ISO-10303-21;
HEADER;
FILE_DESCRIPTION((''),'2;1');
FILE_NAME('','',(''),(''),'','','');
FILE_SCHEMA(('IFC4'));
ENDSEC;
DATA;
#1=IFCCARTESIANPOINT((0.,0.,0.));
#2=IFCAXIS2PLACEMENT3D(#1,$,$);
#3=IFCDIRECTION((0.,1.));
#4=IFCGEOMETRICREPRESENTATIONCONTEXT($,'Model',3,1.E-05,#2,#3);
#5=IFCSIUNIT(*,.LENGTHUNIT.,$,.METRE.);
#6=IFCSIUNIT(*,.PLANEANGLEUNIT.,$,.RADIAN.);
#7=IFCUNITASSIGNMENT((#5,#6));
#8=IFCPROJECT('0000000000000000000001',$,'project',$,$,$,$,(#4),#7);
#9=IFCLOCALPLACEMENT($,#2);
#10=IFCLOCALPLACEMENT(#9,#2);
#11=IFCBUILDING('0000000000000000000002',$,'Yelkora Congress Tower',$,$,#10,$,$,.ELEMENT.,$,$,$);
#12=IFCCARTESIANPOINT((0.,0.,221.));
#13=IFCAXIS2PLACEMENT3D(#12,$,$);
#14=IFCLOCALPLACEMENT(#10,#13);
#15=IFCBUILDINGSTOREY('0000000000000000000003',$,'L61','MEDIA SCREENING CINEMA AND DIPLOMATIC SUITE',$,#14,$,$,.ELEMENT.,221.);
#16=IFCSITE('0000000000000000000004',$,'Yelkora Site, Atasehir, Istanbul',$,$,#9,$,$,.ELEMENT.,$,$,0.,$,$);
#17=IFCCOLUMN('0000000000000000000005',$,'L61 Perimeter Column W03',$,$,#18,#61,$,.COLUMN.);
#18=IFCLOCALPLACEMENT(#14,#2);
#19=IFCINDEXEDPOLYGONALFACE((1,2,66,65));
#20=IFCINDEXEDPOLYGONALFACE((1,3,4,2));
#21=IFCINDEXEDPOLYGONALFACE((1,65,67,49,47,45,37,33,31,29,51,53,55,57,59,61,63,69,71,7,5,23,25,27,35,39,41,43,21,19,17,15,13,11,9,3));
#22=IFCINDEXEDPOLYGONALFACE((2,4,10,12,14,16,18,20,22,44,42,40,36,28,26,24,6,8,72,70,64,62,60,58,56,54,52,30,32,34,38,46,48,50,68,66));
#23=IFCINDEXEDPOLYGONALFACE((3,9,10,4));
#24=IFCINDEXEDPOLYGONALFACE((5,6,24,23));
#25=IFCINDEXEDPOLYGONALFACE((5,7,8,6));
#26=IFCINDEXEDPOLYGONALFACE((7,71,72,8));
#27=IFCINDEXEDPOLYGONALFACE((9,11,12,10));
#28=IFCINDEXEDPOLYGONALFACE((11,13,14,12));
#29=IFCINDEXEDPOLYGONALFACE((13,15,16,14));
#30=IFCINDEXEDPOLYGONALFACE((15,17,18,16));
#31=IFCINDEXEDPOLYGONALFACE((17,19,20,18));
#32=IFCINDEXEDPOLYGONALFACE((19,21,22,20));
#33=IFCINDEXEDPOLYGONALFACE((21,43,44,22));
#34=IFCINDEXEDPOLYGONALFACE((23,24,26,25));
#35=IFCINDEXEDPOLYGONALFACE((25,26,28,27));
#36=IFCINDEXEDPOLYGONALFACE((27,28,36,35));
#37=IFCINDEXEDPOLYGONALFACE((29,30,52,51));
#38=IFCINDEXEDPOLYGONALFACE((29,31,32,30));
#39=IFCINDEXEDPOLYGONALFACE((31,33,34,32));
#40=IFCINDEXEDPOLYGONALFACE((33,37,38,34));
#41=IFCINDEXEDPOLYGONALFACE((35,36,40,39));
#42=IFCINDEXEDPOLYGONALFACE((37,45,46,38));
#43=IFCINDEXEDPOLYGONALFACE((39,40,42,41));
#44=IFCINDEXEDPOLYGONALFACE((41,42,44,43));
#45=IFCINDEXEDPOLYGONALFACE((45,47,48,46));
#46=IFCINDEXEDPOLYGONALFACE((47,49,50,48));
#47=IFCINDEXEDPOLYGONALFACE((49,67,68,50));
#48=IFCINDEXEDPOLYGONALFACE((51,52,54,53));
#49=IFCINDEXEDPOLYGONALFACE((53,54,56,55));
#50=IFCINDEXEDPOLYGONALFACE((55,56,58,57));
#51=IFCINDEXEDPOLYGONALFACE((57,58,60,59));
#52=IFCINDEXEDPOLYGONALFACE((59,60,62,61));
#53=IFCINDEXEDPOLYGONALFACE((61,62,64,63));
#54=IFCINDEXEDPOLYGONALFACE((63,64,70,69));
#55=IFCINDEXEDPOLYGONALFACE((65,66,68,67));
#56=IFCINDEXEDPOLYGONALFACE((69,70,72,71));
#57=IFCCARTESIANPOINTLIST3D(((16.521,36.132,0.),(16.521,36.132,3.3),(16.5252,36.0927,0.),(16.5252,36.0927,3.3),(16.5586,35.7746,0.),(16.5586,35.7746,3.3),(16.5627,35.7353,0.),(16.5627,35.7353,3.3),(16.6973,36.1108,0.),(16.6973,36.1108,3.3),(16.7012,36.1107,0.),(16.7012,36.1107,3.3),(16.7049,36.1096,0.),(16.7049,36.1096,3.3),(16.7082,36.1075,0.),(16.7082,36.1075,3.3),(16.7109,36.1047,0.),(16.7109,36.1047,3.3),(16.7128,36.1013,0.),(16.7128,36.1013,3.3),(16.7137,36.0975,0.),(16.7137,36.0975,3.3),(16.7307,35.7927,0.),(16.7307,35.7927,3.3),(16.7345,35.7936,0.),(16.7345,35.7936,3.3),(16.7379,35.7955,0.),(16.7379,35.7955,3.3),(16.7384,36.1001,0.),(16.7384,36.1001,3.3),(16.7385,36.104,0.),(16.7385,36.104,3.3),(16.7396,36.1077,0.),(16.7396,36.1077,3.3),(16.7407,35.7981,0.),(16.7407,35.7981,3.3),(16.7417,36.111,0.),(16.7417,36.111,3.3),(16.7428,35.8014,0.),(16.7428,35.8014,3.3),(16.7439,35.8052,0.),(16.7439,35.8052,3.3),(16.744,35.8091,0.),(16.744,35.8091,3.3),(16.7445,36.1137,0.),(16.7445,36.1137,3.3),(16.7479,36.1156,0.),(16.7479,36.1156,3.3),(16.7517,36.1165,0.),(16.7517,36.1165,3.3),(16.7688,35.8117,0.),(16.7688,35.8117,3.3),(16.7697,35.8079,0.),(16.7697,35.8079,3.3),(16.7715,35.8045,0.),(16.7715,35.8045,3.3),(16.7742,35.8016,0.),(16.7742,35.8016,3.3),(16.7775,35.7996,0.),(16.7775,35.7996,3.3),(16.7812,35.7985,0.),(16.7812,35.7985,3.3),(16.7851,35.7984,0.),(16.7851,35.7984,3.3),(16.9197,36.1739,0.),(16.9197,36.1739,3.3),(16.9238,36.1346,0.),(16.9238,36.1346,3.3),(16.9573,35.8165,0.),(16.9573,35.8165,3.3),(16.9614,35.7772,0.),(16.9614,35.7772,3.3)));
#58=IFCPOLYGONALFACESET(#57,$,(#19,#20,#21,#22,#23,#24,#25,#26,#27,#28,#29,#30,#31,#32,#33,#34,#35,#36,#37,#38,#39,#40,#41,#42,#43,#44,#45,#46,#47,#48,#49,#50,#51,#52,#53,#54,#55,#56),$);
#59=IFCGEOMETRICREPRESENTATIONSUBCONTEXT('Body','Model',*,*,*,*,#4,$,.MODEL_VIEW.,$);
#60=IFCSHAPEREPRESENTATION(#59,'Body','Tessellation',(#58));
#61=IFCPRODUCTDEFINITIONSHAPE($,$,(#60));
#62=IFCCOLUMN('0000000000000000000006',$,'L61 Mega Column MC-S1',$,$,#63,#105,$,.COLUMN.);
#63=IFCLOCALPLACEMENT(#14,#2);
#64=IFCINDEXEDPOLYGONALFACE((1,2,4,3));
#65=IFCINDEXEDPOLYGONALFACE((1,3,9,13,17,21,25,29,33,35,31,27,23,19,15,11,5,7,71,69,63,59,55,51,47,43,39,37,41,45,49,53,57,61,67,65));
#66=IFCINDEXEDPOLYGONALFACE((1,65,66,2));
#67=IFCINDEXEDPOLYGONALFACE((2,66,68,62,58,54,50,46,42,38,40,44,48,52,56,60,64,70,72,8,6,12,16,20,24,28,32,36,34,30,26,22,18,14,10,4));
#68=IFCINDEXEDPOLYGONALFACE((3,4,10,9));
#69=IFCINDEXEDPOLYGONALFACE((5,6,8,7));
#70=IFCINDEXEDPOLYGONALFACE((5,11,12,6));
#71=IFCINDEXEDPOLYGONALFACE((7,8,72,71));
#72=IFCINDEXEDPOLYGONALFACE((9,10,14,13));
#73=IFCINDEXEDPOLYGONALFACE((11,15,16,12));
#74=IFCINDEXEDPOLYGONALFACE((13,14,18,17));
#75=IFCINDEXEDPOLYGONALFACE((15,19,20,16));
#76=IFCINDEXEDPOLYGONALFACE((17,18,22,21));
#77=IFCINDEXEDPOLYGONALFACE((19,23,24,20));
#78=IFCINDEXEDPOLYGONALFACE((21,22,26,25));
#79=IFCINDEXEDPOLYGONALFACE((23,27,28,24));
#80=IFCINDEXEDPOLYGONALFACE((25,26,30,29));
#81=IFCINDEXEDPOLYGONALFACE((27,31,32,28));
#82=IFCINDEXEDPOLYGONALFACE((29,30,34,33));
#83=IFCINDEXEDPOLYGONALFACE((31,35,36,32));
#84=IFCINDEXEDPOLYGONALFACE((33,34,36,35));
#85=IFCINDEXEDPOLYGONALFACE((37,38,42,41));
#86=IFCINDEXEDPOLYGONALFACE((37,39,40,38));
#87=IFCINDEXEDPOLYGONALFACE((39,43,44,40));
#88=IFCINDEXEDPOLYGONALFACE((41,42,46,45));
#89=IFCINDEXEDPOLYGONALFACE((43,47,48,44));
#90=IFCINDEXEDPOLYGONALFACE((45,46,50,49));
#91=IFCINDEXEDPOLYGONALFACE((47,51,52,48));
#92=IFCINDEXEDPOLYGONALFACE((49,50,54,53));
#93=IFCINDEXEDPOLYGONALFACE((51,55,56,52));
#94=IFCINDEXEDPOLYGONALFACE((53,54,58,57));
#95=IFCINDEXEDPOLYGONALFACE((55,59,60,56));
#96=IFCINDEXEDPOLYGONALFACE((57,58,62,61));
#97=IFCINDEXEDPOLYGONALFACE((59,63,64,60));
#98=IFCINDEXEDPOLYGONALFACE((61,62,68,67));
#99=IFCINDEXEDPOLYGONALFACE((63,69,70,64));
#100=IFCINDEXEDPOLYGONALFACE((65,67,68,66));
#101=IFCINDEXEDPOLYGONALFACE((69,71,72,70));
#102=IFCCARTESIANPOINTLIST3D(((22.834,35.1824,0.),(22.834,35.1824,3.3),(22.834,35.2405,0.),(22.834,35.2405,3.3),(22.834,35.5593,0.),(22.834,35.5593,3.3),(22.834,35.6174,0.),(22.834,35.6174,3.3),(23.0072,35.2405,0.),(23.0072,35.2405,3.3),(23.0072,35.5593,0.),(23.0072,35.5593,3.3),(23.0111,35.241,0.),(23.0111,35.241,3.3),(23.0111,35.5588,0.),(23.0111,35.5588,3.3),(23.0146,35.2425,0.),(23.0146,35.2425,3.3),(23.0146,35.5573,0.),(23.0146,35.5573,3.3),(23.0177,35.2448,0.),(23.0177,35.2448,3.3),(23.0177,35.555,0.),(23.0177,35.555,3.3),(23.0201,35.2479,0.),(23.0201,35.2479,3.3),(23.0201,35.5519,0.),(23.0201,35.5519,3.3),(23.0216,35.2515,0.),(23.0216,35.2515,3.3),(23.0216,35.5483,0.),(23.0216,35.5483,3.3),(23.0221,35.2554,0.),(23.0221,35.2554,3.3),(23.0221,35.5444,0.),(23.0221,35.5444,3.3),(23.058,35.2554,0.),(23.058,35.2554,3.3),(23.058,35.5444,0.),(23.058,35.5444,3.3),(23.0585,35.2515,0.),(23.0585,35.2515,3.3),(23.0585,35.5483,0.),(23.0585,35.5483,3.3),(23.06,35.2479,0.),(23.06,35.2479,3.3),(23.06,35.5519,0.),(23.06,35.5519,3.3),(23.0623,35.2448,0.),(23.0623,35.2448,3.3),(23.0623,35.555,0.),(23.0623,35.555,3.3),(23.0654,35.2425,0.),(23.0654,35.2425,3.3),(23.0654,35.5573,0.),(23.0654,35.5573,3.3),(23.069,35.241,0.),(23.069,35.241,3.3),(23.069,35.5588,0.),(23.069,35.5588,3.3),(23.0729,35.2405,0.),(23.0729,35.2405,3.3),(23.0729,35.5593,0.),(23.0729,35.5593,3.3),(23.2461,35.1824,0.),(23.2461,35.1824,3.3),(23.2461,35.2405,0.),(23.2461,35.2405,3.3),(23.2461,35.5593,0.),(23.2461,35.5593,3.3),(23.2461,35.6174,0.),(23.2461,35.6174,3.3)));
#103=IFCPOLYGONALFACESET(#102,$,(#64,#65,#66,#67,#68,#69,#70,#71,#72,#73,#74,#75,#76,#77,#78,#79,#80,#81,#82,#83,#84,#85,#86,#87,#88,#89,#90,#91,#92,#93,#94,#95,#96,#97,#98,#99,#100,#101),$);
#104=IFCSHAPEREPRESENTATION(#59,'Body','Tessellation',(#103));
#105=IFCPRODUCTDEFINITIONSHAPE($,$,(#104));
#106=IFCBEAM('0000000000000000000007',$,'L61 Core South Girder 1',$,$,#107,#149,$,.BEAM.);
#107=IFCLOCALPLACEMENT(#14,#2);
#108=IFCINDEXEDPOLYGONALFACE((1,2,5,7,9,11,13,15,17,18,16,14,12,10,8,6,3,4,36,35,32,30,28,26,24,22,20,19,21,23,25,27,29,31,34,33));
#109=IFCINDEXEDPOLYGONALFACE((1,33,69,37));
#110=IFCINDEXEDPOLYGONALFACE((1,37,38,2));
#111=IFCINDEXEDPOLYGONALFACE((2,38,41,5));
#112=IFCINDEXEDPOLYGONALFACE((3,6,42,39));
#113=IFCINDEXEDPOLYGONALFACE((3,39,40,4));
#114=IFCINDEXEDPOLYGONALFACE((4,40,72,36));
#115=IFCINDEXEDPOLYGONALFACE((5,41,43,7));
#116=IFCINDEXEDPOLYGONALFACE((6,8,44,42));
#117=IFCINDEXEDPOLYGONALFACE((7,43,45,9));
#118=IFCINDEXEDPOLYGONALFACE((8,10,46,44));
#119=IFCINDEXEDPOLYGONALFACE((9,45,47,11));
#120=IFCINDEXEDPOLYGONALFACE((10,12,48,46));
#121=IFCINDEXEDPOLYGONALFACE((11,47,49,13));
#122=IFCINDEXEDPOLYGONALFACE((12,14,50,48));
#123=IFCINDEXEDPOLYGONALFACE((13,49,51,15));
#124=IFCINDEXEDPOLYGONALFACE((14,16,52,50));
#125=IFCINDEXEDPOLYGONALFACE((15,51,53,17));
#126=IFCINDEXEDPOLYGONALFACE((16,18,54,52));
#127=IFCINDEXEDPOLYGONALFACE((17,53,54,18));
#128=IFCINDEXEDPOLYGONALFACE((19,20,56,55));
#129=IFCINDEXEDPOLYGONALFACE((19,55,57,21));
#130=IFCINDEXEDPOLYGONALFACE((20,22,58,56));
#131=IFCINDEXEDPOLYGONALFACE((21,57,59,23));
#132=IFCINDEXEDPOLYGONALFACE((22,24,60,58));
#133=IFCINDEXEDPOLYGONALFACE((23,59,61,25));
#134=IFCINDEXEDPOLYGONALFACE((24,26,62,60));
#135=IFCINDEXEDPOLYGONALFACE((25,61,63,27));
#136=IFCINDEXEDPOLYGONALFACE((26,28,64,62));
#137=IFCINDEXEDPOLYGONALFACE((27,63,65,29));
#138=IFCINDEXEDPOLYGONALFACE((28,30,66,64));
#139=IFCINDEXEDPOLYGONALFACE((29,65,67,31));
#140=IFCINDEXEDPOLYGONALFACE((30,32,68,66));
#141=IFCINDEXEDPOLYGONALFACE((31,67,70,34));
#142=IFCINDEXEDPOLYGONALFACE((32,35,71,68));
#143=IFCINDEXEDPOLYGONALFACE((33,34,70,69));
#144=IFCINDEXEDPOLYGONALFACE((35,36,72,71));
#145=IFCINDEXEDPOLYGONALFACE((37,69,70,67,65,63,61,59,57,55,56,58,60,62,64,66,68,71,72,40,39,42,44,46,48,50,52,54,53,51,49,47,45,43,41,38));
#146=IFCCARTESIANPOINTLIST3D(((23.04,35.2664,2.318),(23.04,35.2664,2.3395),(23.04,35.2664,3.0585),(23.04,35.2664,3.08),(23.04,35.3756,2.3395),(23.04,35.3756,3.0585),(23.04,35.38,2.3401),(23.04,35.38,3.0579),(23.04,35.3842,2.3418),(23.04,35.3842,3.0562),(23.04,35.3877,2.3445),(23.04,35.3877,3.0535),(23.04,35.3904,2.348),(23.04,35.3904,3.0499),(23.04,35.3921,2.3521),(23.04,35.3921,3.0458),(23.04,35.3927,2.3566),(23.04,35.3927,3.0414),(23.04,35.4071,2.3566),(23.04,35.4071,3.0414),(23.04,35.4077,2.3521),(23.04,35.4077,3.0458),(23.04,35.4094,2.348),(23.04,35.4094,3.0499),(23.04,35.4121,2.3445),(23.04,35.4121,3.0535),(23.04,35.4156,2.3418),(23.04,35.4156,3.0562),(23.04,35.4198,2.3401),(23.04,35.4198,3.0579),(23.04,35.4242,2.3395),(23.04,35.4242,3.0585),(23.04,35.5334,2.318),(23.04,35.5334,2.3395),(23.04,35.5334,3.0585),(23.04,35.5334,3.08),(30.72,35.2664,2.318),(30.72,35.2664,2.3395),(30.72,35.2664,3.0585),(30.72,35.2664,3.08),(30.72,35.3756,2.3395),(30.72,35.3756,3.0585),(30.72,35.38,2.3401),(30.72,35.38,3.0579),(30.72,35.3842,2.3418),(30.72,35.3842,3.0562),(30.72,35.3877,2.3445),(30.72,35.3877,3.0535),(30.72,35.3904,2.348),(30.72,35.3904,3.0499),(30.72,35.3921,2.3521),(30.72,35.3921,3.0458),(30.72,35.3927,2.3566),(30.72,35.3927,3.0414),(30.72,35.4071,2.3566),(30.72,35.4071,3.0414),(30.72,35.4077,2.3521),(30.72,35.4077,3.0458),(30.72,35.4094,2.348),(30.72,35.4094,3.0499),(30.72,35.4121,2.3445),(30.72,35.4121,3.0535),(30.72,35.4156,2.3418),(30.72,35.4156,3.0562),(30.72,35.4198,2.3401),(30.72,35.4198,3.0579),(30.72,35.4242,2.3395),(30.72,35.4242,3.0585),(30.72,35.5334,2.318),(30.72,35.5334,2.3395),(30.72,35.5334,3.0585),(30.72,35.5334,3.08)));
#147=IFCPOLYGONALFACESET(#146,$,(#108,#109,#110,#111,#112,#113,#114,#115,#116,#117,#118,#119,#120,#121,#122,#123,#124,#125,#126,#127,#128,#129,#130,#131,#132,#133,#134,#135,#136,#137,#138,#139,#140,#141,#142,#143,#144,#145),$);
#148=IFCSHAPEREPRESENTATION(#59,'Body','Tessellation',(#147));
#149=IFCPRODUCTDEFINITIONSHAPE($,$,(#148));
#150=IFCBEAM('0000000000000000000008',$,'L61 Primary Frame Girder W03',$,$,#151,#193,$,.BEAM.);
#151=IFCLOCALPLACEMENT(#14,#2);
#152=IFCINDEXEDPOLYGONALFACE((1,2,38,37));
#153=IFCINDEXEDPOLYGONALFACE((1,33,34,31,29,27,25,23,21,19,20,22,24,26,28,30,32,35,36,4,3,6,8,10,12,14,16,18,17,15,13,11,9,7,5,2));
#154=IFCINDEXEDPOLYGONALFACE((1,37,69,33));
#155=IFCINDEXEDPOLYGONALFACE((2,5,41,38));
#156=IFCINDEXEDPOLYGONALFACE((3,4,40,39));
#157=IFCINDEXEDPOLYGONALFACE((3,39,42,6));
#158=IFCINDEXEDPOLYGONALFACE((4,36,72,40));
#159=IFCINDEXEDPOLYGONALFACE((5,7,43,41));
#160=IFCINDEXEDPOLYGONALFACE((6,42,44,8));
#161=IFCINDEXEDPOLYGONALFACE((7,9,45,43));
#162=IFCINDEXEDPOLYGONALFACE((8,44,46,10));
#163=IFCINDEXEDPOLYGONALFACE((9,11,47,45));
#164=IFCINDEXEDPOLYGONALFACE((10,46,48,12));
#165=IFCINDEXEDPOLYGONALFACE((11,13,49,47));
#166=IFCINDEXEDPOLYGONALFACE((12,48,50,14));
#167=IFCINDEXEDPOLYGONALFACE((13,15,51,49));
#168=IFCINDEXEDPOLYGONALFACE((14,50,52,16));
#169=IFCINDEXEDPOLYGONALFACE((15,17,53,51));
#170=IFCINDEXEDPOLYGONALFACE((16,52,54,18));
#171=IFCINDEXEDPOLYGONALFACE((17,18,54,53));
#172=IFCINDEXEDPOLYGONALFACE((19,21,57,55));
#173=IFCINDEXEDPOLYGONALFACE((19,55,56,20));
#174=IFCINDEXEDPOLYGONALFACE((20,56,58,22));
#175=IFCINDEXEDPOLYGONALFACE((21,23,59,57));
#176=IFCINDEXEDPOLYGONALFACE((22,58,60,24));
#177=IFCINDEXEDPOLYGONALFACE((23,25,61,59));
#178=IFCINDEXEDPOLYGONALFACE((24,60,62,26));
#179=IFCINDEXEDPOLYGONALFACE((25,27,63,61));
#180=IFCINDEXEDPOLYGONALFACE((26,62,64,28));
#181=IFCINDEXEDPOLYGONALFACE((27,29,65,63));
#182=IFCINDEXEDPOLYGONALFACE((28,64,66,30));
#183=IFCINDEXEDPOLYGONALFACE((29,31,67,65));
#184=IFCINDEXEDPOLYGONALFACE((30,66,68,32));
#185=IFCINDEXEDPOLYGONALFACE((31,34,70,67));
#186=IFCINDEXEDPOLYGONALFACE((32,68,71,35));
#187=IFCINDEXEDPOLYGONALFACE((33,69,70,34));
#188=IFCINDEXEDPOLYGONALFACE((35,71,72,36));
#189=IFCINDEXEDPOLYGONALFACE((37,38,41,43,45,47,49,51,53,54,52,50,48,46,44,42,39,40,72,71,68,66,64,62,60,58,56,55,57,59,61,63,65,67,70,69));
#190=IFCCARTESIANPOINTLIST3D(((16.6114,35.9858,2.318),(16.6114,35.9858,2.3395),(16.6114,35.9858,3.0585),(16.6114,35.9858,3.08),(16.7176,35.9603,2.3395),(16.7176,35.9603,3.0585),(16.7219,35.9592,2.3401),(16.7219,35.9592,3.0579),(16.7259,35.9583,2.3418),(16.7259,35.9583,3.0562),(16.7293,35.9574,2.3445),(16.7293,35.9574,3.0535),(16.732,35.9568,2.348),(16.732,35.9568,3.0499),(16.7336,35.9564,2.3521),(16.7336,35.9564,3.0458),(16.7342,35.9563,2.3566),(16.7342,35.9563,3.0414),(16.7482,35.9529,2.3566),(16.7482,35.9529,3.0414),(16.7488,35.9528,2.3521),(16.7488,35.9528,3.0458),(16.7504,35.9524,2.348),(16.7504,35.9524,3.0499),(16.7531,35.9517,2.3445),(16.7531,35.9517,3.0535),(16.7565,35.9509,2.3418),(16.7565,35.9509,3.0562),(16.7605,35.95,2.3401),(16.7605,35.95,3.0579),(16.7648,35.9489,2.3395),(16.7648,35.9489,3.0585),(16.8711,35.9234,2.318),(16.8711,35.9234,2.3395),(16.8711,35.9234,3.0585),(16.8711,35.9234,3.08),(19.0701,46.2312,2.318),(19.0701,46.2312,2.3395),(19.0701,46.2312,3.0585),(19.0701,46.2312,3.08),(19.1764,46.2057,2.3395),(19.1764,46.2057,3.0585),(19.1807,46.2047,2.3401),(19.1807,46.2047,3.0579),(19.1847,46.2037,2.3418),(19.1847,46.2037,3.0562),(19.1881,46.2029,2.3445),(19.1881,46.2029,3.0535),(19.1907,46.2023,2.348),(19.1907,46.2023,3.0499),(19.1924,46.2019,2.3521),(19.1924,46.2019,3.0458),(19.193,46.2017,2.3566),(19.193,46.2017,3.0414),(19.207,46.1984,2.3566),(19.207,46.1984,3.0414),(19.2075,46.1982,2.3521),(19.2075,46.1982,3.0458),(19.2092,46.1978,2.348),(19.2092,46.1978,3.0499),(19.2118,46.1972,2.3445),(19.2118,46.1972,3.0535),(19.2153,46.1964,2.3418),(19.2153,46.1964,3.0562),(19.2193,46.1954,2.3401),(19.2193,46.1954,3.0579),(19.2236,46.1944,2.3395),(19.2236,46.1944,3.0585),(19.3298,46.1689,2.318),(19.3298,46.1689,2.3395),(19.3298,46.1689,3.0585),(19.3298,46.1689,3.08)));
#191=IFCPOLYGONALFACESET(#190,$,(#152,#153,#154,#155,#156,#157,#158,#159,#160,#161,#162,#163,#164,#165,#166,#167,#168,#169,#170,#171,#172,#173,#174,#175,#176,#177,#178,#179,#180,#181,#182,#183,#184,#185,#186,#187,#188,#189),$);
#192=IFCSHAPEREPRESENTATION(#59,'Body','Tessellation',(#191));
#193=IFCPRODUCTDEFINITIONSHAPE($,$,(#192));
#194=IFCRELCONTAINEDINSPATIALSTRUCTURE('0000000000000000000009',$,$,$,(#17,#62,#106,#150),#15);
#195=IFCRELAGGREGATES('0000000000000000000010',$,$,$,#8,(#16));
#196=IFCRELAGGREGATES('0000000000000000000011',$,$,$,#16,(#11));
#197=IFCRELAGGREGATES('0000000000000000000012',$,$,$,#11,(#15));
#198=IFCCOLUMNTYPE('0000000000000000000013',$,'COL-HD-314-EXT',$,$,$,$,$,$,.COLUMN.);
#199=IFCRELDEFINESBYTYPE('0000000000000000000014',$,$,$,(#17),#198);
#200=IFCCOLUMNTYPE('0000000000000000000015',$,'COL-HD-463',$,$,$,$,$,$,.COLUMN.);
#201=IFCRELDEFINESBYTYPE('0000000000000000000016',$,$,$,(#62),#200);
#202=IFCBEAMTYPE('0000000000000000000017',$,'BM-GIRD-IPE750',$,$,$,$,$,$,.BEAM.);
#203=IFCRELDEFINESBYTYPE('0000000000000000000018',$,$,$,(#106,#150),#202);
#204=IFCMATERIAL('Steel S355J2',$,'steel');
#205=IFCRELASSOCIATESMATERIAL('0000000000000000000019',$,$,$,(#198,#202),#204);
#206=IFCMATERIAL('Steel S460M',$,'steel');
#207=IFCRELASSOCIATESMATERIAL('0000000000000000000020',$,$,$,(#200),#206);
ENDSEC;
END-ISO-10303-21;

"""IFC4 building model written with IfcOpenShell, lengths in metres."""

from ifc_helpers import new_model, si_unit, direction, frame, origin, origin_2d, place, context, subcontext, project, spatial, i_section, extrude, material, material_profile, profile_set, type_object, element, save


model = new_model("IFC4")

# Units and contexts
model_context = context("Model", 3, precision=1e-05, world=origin(), true_north=direction((0.0, 1.0)))
body_context = subcontext(model_context, "Body", "Model", "MODEL_VIEW")
ifc_project = project(units=[si_unit("LENGTHUNIT", "METRE"), si_unit("PLANEANGLEUNIT", "RADIAN")], contexts=[model_context])

# Site, building, storey
site_placement = place(None, origin())
site = spatial("IfcSite", under=ifc_project, at=site_placement, Name="Yelkora Site, Atasehir, Istanbul", CompositionType="ELEMENT", RefElevation=0.0)
building_placement = place(site_placement, origin())
building = spatial("IfcBuilding", under=site, at=building_placement, Name="Yelkora Congress Tower", CompositionType="ELEMENT")
storey_placement = place(building_placement, frame((0.0, 0.0, 221.0)))
storey = spatial("IfcBuildingStorey", under=building, at=storey_placement, Name="L61", Description="MEDIA SCREENING CINEMA AND DIPLOMATIC SUITE", CompositionType="ELEMENT", Elevation=221.0)

# Columns
ifc_material_1 = material(Name="Steel S355J2", Category="steel")
ifc_material_profile_1 = material_profile(ifc_material_1, i_section(OverallWidth=0.4009, OverallDepth=0.3989, WebThickness=0.0249, FlangeThickness=0.0396, FilletRadius=0.0149, at=origin_2d()), Name="HD 400x314")
ifc_profile_set_1 = profile_set([ifc_material_profile_1], Name="Steel S355J2")
column_type_1 = type_object("IfcColumnType", Name="COL-HD-314-EXT", PredefinedType="COLUMN", material=ifc_profile_set_1)
column_1_placement = place(storey_placement, frame((16.7412, 35.9546, 0.0), z_axis=(0.0, 0.0, 1.0), x_axis=(0.994522, 0.104528, 0.0)))
element("IfcColumn", 1, at=column_1_placement, inside=storey, type_object=column_type_1, Name="L61 Perimeter Column W03", PredefinedType="COLUMN", context=body_context, shape_type="SweptSolid", body=[
    extrude(i_section(OverallWidth=0.4009, OverallDepth=0.3989, WebThickness=0.0249, FlangeThickness=0.0396, FilletRadius=0.0149, at=origin_2d()), origin(), (0.0, 0.0, 1.0), 3.3),
])
ifc_material_2 = material(Name="Steel S460M", Category="steel")
ifc_material_profile_2 = material_profile(ifc_material_2, i_section(OverallWidth=0.4121, OverallDepth=0.4351, WebThickness=0.0359, FlangeThickness=0.0581, FilletRadius=0.0149, at=origin_2d()), Name="HD 400x463")
ifc_profile_set_2 = profile_set([ifc_material_profile_2], Name="Steel S460M")
column_type_2 = type_object("IfcColumnType", Name="COL-HD-463", PredefinedType="COLUMN", material=ifc_profile_set_2)
column_2_placement = place(storey_placement, frame((23.04, 35.3999, 0.0), z_axis=(0.0, 0.0, 1.0), x_axis=(1.0, 0.0, 0.0)))
element("IfcColumn", 2, at=column_2_placement, inside=storey, type_object=column_type_2, Name="L61 Mega Column MC-S1", PredefinedType="COLUMN", context=body_context, shape_type="SweptSolid", body=[
    extrude(i_section(OverallWidth=0.4121, OverallDepth=0.4351, WebThickness=0.0359, FlangeThickness=0.0581, FilletRadius=0.0149, at=origin_2d()), origin(), (0.0, 0.0, 1.0), 3.3),
])

# Beams
ifc_material_profile_3 = material_profile(ifc_material_1, i_section(OverallWidth=0.2671, OverallDepth=0.762, WebThickness=0.0144, FlangeThickness=0.0215, FilletRadius=0.0171, at=origin_2d()), Name="IPE 750x173")
ifc_profile_set_3 = profile_set([ifc_material_profile_3], Name="Steel S355J2")
beam_type_1 = type_object("IfcBeamType", Name="BM-GIRD-IPE750", PredefinedType="BEAM", material=ifc_profile_set_3)
beam_1_placement = place(storey_placement, frame((23.04, 35.3999, 2.699), z_axis=(1.0, 0.0, 0.0), x_axis=(0.0, 1.0, 0.0)))
element("IfcBeam", 3, at=beam_1_placement, inside=storey, type_object=beam_type_1, Name="L61 Core South Girder 1", PredefinedType="BEAM", context=body_context, shape_type="SweptSolid", body=[
    extrude(i_section(OverallWidth=0.2671, OverallDepth=0.762, WebThickness=0.0144, FlangeThickness=0.0215, FilletRadius=0.0171, at=origin_2d()), origin(), (0.0, 0.0, 1.0), 7.6799),
])
beam_2_placement = place(storey_placement, frame((16.7412, 35.9546, 2.699), z_axis=(0.23336, 0.97239, 0.0), x_axis=(-0.97239, 0.23336, 0.0)))
element("IfcBeam", 4, at=beam_2_placement, inside=storey, type_object=beam_type_1, Name="L61 Primary Frame Girder W03", PredefinedType="BEAM", context=body_context, shape_type="SweptSolid", body=[
    extrude(i_section(OverallWidth=0.2671, OverallDepth=0.762, WebThickness=0.0144, FlangeThickness=0.0215, FilletRadius=0.0171, at=origin_2d()), origin(), (0.0, 0.0, 1.0), 10.5364),
])

save(model, "model.ifc")
